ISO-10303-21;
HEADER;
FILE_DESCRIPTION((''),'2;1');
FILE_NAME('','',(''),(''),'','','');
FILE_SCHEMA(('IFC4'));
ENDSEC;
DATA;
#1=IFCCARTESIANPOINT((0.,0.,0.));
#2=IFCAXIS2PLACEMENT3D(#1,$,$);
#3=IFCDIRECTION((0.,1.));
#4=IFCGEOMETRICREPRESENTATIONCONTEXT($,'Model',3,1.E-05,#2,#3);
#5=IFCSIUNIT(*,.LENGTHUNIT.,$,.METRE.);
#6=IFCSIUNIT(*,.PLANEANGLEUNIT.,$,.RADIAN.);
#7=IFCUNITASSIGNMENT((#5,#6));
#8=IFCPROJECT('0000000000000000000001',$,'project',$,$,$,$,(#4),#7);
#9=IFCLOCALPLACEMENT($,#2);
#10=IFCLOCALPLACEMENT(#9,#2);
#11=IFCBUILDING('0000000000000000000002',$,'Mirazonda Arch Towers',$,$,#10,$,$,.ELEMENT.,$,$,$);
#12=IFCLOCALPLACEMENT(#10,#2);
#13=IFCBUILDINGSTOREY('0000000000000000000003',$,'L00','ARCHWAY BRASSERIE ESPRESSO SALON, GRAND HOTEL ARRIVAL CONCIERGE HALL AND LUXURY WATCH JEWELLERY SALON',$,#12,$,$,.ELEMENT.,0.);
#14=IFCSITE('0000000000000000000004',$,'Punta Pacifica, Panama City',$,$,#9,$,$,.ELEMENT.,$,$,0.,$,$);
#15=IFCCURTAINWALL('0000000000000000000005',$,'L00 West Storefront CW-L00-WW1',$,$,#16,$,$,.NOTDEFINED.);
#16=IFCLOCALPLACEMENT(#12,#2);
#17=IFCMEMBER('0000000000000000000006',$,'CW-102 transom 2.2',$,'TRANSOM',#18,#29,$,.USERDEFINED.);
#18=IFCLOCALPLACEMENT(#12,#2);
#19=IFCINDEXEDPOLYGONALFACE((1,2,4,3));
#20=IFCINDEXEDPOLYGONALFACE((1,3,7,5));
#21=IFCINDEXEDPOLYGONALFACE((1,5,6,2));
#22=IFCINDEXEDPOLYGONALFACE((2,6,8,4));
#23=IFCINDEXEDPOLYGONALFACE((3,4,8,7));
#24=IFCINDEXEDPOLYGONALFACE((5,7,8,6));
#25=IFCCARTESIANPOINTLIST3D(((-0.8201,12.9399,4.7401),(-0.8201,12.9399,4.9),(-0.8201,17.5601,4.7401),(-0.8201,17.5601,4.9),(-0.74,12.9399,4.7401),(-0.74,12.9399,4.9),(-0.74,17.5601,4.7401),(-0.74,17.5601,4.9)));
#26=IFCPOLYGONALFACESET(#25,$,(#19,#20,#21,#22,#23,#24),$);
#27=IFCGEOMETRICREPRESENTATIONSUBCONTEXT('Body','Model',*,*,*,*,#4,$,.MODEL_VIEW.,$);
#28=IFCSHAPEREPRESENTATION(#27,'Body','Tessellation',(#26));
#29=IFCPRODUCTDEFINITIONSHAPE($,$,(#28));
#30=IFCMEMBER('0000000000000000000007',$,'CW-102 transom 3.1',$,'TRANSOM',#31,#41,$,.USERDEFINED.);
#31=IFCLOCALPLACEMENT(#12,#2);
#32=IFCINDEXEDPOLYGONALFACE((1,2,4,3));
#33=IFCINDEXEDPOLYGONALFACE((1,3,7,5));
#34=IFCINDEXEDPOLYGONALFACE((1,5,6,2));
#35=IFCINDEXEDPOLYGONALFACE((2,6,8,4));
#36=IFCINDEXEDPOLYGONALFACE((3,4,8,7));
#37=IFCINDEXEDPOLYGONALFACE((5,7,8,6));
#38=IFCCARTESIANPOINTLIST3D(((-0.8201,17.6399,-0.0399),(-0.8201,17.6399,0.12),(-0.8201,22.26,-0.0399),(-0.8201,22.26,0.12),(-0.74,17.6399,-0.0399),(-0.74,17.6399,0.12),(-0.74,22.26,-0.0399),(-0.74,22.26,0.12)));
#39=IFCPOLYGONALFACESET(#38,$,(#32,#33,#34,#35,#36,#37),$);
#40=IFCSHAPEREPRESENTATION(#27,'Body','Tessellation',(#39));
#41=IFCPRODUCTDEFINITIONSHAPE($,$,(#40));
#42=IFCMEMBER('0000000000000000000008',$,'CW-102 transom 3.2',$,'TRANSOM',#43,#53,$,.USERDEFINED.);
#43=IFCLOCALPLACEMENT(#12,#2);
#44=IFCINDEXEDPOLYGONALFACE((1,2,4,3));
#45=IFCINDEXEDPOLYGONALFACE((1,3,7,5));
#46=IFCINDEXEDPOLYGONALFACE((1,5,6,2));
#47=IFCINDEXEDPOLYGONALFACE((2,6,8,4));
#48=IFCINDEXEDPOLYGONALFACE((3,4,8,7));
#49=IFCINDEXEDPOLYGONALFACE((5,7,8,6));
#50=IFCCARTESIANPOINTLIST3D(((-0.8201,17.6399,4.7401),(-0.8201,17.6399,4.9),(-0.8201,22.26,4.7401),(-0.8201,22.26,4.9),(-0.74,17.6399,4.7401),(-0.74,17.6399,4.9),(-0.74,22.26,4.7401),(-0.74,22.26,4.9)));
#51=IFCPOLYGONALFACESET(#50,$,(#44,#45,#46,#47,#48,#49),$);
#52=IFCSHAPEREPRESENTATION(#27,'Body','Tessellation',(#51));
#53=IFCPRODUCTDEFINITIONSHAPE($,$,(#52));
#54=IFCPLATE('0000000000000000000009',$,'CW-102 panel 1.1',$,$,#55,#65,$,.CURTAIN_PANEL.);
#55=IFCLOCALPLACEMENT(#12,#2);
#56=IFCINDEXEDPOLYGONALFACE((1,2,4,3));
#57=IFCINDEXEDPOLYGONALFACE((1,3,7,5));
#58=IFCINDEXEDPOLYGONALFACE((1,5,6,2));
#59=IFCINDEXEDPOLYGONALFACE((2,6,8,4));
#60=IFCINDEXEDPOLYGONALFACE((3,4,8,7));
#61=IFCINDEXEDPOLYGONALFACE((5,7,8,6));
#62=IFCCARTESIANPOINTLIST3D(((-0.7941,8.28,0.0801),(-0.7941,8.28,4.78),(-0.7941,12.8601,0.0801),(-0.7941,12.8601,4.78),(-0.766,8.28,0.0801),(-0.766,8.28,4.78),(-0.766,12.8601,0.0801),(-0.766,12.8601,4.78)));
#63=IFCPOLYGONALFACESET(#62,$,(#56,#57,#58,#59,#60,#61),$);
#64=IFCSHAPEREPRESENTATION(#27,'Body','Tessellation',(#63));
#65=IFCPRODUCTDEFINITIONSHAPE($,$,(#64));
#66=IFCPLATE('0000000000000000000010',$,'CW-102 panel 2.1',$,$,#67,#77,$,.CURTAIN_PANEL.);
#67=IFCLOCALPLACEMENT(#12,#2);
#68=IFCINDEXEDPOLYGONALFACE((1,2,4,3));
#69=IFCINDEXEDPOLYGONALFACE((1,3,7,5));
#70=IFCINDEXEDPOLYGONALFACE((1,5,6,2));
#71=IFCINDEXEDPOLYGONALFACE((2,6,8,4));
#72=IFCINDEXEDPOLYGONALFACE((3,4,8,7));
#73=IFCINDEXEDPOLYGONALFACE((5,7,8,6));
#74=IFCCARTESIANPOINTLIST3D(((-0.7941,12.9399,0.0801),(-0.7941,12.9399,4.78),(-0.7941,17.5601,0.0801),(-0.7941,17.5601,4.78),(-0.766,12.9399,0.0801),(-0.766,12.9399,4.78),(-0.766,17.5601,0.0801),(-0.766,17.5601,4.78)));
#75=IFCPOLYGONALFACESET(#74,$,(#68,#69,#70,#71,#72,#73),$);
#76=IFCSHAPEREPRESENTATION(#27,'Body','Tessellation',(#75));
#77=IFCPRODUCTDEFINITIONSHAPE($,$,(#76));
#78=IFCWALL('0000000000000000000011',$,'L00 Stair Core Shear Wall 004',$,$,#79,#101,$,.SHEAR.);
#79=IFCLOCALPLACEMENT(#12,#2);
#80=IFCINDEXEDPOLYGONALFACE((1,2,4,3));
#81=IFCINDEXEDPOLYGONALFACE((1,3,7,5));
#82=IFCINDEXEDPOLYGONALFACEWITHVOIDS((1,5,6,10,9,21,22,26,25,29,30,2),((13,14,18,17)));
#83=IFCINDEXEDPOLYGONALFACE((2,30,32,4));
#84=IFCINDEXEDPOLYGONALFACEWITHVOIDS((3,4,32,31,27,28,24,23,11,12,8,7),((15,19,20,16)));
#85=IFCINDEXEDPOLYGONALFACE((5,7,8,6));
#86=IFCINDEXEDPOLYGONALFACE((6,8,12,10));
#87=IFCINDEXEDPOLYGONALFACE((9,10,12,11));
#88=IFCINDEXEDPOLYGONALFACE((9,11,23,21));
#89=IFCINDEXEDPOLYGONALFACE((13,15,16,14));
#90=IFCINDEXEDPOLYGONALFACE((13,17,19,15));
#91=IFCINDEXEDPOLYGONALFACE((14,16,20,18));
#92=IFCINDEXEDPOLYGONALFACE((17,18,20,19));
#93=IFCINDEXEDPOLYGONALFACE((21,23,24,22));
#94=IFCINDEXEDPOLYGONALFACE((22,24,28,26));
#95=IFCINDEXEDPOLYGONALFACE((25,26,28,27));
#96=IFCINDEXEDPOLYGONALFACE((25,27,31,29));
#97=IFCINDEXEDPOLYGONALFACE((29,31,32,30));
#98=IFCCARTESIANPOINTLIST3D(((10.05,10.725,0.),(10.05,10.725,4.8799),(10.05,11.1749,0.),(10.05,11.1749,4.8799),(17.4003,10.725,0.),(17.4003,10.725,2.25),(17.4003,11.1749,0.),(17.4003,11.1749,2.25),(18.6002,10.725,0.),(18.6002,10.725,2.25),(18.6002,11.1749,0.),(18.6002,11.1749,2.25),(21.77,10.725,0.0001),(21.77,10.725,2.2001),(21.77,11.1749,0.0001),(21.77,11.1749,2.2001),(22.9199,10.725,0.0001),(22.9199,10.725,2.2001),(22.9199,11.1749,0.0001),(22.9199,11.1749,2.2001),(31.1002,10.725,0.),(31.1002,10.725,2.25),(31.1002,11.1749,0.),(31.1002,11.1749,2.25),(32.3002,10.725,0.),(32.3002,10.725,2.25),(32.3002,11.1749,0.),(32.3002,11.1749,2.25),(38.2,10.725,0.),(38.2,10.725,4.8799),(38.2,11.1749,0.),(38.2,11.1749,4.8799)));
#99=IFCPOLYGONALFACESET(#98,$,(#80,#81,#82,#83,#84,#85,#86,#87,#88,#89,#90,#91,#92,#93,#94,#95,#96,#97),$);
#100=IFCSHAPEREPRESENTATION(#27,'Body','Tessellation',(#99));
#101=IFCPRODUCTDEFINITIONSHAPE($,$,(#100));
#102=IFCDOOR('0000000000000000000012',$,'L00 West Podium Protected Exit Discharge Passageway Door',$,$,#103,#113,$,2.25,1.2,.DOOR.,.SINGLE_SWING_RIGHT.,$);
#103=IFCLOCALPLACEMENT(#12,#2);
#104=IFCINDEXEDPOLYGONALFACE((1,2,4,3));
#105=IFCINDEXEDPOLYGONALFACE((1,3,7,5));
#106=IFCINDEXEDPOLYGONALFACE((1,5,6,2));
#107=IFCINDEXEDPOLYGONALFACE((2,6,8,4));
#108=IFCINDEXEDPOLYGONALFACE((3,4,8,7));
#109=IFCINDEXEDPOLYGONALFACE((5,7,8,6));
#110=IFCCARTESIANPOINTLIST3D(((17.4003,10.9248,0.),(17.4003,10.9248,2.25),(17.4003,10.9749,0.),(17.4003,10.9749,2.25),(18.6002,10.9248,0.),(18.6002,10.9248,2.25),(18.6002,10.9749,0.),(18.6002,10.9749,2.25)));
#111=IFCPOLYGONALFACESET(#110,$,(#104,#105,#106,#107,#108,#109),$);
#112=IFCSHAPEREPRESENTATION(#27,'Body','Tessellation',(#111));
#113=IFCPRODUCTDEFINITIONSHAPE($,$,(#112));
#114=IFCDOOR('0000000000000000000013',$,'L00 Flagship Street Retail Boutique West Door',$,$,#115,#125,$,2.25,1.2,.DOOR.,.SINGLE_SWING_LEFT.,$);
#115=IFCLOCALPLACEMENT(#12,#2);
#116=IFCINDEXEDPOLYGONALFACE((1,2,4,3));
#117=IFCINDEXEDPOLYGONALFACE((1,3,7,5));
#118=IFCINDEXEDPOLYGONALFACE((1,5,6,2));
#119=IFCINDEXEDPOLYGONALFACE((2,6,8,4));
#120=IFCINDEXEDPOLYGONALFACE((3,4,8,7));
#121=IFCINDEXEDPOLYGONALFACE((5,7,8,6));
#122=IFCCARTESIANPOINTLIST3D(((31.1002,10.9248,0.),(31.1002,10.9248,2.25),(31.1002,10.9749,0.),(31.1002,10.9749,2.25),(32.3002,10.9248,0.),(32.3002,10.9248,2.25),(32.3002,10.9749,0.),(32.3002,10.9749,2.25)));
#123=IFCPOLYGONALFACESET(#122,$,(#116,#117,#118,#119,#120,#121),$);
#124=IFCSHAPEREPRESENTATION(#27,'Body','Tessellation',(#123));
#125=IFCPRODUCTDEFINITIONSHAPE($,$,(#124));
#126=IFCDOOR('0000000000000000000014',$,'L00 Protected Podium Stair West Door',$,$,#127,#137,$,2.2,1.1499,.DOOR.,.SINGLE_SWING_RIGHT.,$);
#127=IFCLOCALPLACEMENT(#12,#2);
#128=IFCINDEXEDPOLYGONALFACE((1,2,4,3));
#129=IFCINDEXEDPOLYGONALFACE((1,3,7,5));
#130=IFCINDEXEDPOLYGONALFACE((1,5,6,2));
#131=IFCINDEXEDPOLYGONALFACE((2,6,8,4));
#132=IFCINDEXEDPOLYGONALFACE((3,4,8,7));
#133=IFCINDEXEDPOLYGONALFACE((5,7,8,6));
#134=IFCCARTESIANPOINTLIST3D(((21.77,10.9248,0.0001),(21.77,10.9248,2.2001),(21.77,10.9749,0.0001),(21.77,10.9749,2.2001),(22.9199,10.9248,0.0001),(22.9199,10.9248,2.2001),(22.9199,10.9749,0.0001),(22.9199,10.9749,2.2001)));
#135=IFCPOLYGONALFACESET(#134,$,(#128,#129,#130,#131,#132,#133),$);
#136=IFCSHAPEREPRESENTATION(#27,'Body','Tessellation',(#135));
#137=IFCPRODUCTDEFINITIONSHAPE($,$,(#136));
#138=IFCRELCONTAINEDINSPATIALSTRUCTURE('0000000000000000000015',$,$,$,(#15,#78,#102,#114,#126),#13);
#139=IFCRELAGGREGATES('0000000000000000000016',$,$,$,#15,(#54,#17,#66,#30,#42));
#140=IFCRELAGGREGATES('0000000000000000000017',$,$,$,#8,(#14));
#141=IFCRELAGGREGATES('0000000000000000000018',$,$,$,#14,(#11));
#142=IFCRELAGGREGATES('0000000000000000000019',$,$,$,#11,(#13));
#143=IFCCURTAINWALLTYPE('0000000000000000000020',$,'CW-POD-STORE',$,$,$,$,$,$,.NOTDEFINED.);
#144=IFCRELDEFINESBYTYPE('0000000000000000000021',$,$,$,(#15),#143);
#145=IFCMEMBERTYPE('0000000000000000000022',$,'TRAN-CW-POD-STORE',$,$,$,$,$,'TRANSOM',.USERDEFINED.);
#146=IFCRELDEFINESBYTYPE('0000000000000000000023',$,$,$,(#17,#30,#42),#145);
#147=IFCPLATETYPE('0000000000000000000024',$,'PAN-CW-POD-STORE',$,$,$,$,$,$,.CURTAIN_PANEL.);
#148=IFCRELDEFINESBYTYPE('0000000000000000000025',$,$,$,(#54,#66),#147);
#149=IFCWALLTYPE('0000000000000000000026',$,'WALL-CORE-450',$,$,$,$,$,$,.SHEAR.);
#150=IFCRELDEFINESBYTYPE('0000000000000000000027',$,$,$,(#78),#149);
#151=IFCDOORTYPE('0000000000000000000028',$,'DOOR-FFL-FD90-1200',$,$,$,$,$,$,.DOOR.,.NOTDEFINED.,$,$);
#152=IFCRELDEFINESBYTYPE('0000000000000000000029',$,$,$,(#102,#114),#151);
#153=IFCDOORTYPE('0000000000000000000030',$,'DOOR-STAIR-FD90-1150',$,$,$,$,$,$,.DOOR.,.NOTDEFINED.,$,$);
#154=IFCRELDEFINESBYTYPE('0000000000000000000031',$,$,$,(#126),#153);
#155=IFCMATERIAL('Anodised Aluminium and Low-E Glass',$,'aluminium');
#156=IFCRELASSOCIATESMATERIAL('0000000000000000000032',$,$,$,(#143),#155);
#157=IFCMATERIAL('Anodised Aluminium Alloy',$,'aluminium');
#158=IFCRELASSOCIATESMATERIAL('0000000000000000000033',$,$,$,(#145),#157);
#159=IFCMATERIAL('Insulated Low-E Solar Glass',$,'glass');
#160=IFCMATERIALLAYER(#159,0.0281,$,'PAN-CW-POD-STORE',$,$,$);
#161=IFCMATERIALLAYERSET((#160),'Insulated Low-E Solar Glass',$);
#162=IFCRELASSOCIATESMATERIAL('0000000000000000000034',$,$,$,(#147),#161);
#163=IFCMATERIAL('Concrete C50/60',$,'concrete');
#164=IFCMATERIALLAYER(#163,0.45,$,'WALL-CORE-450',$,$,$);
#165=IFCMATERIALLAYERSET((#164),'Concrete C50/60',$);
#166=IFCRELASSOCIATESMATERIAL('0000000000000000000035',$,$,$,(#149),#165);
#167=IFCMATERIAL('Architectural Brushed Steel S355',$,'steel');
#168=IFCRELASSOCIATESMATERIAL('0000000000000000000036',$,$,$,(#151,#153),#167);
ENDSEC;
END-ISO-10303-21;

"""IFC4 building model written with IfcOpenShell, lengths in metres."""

from ifc_helpers import new_model, si_unit, direction, frame, frame_2d, origin, origin_2d, place, context, subcontext, project, spatial, rectangle, extrude, material, layer, layer_set, material_profile, profile_set, type_object, element, fill, aggregate, save


model = new_model("IFC4")

# Units and contexts
model_context = context("Model", 3, precision=1e-05, world=origin(), true_north=direction((0.0, 1.0)))
body_context = subcontext(model_context, "Body", "Model", "MODEL_VIEW")
ifc_project = project(units=[si_unit("LENGTHUNIT", "METRE"), si_unit("PLANEANGLEUNIT", "RADIAN")], contexts=[model_context])

# Site, building, storey
site_placement = place(None, origin())
site = spatial("IfcSite", under=ifc_project, at=site_placement, Name="Punta Pacifica, Panama City", CompositionType="ELEMENT", RefElevation=0.0)
building_placement = place(site_placement, origin())
building = spatial("IfcBuilding", under=site, at=building_placement, Name="Mirazonda Arch Towers", CompositionType="ELEMENT")
storey_placement = place(building_placement, origin())
storey = spatial("IfcBuildingStorey", under=building, at=storey_placement, Name="L00", Description="ARCHWAY BRASSERIE ESPRESSO SALON, GRAND HOTEL ARRIVAL CONCIERGE HALL AND LUXURY WATCH JEWELLERY SALON", CompositionType="ELEMENT", Elevation=0.0)

# Curtain wall, members, plates
ifc_material_1 = material(Name="Anodised Aluminium and Low-E Glass", Category="aluminium")
curtain_wall_type = type_object("IfcCurtainWallType", Name="CW-POD-STORE", PredefinedType="NOTDEFINED", material=ifc_material_1)
curtain_wall_placement = place(storey_placement, origin())
curtain_wall = element("IfcCurtainWall", 1, at=curtain_wall_placement, inside=storey, type_object=curtain_wall_type, Name="L00 West Storefront CW-L00-WW1", PredefinedType="NOTDEFINED")
ifc_material_2 = material(Name="Anodised Aluminium Alloy", Category="aluminium")
ifc_material_profile_1 = material_profile(ifc_material_2, rectangle(XDim=0.0801, YDim=0.1599, at=origin_2d()), Name="ALU-TRAN-80x160")
ifc_profile_set_1 = profile_set([ifc_material_profile_1], Name="Anodised Aluminium Alloy")
member_type_1 = type_object("IfcMemberType", Name="TRAN-CW-POD-STORE", ElementType="TRANSOM", PredefinedType="USERDEFINED", material=ifc_profile_set_1)
member_1_placement = place(storey_placement, frame((-0.78, 12.9399, 4.8201), z_axis=(0.0, 1.0, 0.0), x_axis=(-1.0, 0.0, 0.0)))
member_1 = element("IfcMember", 2, at=member_1_placement, type_object=member_type_1, Name="CW-102 transom 2.2", ObjectType="TRANSOM", PredefinedType="USERDEFINED", context=body_context, shape_type="SweptSolid", body=[
    extrude(rectangle(XDim=0.0801, YDim=0.1599, at=origin_2d()), origin(), (0.0, 0.0, 1.0), 4.6201),
])
member_2_placement = place(storey_placement, frame((-0.78, 17.6399, 0.04), z_axis=(0.0, 1.0, 0.0), x_axis=(-1.0, 0.0, 0.0)))
member_2 = element("IfcMember", 3, at=member_2_placement, type_object=member_type_1, Name="CW-102 transom 3.1", ObjectType="TRANSOM", PredefinedType="USERDEFINED", context=body_context, shape_type="SweptSolid", body=[
    extrude(rectangle(XDim=0.0801, YDim=0.1599, at=origin_2d()), origin(), (0.0, 0.0, 1.0), 4.6201),
])
member_3_placement = place(storey_placement, frame((-0.78, 17.6399, 4.8201), z_axis=(0.0, 1.0, 0.0), x_axis=(-1.0, 0.0, 0.0)))
member_3 = element("IfcMember", 4, at=member_3_placement, type_object=member_type_1, Name="CW-102 transom 3.2", ObjectType="TRANSOM", PredefinedType="USERDEFINED", context=body_context, shape_type="SweptSolid", body=[
    extrude(rectangle(XDim=0.0801, YDim=0.1599, at=origin_2d()), origin(), (0.0, 0.0, 1.0), 4.6201),
])
ifc_material_3 = material(Name="Insulated Low-E Solar Glass", Category="glass")
ifc_layer_1 = layer(ifc_material_3, 0.0281, Name="PAN-CW-POD-STORE")
ifc_layer_set_1 = layer_set([ifc_layer_1], Name="Insulated Low-E Solar Glass")
plate_type = type_object("IfcPlateType", Name="PAN-CW-POD-STORE", PredefinedType="CURTAIN_PANEL", material=ifc_layer_set_1)
plate_1_placement = place(storey_placement, frame((-0.78, 10.5701, 0.0801), z_axis=(0.0, 0.0, 1.0), x_axis=(0.0, 1.0, 0.0)))
plate_1 = element("IfcPlate", 5, at=plate_1_placement, type_object=plate_type, Name="CW-102 panel 1.1", PredefinedType="CURTAIN_PANEL", context=body_context, shape_type="SweptSolid", body=[
    extrude(rectangle(XDim=4.5801, YDim=0.0281, at=origin_2d()), origin(), (0.0, 0.0, 1.0), 4.7),
])
plate_2_placement = place(storey_placement, frame((-0.78, 15.25, 0.0801), z_axis=(0.0, 0.0, 1.0), x_axis=(0.0, 1.0, 0.0)))
plate_2 = element("IfcPlate", 6, at=plate_2_placement, type_object=plate_type, Name="CW-102 panel 2.1", PredefinedType="CURTAIN_PANEL", context=body_context, shape_type="SweptSolid", body=[
    extrude(rectangle(XDim=4.6201, YDim=0.0281, at=origin_2d()), origin(), (0.0, 0.0, 1.0), 4.7),
])
aggregate(curtain_wall, [plate_1, member_1, plate_2, member_2, member_3])

# Wall, openings, doors
ifc_material_4 = material(Name="Concrete C50/60", Category="concrete")
ifc_layer_2 = layer(ifc_material_4, 0.45, Name="WALL-CORE-450")
ifc_layer_set_2 = layer_set([ifc_layer_2], Name="Concrete C50/60")
wall_type = type_object("IfcWallType", Name="WALL-CORE-450", PredefinedType="SHEAR", material=ifc_layer_set_2)
wall_placement = place(storey_placement, frame((10.05, 10.95, 0.0), z_axis=(0.0, 0.0, 1.0), x_axis=(1.0, 0.0, 0.0)))
wall = element("IfcWall", 7, at=wall_placement, inside=storey, type_object=wall_type, Name="L00 Stair Core Shear Wall 004", PredefinedType="SHEAR", context=body_context, shape_type="SweptSolid", body=[
    extrude(rectangle(XDim=28.1499, YDim=0.45, at=frame_2d((14.075, 0.0))), origin(), (0.0, 0.0, 1.0), 4.8799),
])
opening_1_placement = place(wall_placement, frame((7.3501, 0.0, 0.0)))
opening_1 = element("IfcOpeningElement", 8, at=opening_1_placement, cuts=wall, PredefinedType="OPENING", context=body_context, shape_type="SweptSolid", body=[
    extrude(rectangle(XDim=1.2, YDim=2.25, at=frame_2d((0.6001, 1.125))), frame((0.0, 0.2349, 0.0), z_axis=(0.0, -1.0, 0.0), x_axis=(1.0, 0.0, 0.0)), (0.0, 0.0, 1.0), 0.47),
])
opening_2_placement = place(wall_placement, frame((11.72, 0.0, 0.0)))
opening_2 = element("IfcOpeningElement", 9, at=opening_2_placement, cuts=wall, PredefinedType="OPENING", context=body_context, shape_type="SweptSolid", body=[
    extrude(rectangle(XDim=1.1499, YDim=2.2, at=frame_2d((0.575, 1.1001))), frame((0.0, 0.2349, 0.0), z_axis=(0.0, -1.0, 0.0), x_axis=(1.0, 0.0, 0.0)), (0.0, 0.0, 1.0), 0.47),
])
opening_3_placement = place(wall_placement, frame((21.05, 0.0, 0.0)))
opening_3 = element("IfcOpeningElement", 10, at=opening_3_placement, cuts=wall, PredefinedType="OPENING", context=body_context, shape_type="SweptSolid", body=[
    extrude(rectangle(XDim=1.2, YDim=2.25, at=frame_2d((0.6001, 1.125))), frame((0.0, 0.2349, 0.0), z_axis=(0.0, -1.0, 0.0), x_axis=(1.0, 0.0, 0.0)), (0.0, 0.0, 1.0), 0.47),
])
ifc_material_5 = material(Name="Architectural Brushed Steel S355", Category="steel")
door_type_1 = type_object("IfcDoorType", Name="DOOR-FFL-FD90-1200", OperationType="NOTDEFINED", PredefinedType="DOOR", material=ifc_material_5)
door_1_placement = place(opening_1_placement, origin())
door_1 = element("IfcDoor", 11, at=door_1_placement, inside=storey, type_object=door_type_1, Name="L00 West Podium Protected Exit Discharge Passageway Door", OperationType="SINGLE_SWING_RIGHT", OverallHeight=2.25, OverallWidth=1.2, PredefinedType="DOOR", context=body_context, shape_type="SweptSolid", body=[
    extrude(rectangle(XDim=1.2, YDim=2.25, at=frame_2d((0.6001, 1.125))), frame((0.0, 0.0249, 0.0), z_axis=(0.0, -1.0, 0.0), x_axis=(1.0, 0.0, 0.0)), (0.0, 0.0, 1.0), 0.05),
])
fill(opening_1, door_1)
door_2_placement = place(opening_3_placement, origin())
door_2 = element("IfcDoor", 12, at=door_2_placement, inside=storey, type_object=door_type_1, Name="L00 Flagship Street Retail Boutique West Door", OperationType="SINGLE_SWING_LEFT", OverallHeight=2.25, OverallWidth=1.2, PredefinedType="DOOR", context=body_context, shape_type="SweptSolid", body=[
    extrude(rectangle(XDim=1.2, YDim=2.25, at=frame_2d((0.6001, 1.125))), frame((0.0, 0.0249, 0.0), z_axis=(0.0, -1.0, 0.0), x_axis=(1.0, 0.0, 0.0)), (0.0, 0.0, 1.0), 0.05),
])
fill(opening_3, door_2)
door_type_2 = type_object("IfcDoorType", Name="DOOR-STAIR-FD90-1150", OperationType="NOTDEFINED", PredefinedType="DOOR", material=ifc_material_5)
door_3_placement = place(opening_2_placement, origin())
door_3 = element("IfcDoor", 13, at=door_3_placement, inside=storey, type_object=door_type_2, Name="L00 Protected Podium Stair West Door", OperationType="SINGLE_SWING_RIGHT", OverallHeight=2.2, OverallWidth=1.1499, PredefinedType="DOOR", context=body_context, shape_type="SweptSolid", body=[
    extrude(rectangle(XDim=1.1499, YDim=2.2, at=frame_2d((0.575, 1.1001))), frame((0.0, 0.0249, 0.0), z_axis=(0.0, -1.0, 0.0), x_axis=(1.0, 0.0, 0.0)), (0.0, 0.0, 1.0), 0.05),
])
fill(opening_2, door_3)

save(model, "model.ifc")
